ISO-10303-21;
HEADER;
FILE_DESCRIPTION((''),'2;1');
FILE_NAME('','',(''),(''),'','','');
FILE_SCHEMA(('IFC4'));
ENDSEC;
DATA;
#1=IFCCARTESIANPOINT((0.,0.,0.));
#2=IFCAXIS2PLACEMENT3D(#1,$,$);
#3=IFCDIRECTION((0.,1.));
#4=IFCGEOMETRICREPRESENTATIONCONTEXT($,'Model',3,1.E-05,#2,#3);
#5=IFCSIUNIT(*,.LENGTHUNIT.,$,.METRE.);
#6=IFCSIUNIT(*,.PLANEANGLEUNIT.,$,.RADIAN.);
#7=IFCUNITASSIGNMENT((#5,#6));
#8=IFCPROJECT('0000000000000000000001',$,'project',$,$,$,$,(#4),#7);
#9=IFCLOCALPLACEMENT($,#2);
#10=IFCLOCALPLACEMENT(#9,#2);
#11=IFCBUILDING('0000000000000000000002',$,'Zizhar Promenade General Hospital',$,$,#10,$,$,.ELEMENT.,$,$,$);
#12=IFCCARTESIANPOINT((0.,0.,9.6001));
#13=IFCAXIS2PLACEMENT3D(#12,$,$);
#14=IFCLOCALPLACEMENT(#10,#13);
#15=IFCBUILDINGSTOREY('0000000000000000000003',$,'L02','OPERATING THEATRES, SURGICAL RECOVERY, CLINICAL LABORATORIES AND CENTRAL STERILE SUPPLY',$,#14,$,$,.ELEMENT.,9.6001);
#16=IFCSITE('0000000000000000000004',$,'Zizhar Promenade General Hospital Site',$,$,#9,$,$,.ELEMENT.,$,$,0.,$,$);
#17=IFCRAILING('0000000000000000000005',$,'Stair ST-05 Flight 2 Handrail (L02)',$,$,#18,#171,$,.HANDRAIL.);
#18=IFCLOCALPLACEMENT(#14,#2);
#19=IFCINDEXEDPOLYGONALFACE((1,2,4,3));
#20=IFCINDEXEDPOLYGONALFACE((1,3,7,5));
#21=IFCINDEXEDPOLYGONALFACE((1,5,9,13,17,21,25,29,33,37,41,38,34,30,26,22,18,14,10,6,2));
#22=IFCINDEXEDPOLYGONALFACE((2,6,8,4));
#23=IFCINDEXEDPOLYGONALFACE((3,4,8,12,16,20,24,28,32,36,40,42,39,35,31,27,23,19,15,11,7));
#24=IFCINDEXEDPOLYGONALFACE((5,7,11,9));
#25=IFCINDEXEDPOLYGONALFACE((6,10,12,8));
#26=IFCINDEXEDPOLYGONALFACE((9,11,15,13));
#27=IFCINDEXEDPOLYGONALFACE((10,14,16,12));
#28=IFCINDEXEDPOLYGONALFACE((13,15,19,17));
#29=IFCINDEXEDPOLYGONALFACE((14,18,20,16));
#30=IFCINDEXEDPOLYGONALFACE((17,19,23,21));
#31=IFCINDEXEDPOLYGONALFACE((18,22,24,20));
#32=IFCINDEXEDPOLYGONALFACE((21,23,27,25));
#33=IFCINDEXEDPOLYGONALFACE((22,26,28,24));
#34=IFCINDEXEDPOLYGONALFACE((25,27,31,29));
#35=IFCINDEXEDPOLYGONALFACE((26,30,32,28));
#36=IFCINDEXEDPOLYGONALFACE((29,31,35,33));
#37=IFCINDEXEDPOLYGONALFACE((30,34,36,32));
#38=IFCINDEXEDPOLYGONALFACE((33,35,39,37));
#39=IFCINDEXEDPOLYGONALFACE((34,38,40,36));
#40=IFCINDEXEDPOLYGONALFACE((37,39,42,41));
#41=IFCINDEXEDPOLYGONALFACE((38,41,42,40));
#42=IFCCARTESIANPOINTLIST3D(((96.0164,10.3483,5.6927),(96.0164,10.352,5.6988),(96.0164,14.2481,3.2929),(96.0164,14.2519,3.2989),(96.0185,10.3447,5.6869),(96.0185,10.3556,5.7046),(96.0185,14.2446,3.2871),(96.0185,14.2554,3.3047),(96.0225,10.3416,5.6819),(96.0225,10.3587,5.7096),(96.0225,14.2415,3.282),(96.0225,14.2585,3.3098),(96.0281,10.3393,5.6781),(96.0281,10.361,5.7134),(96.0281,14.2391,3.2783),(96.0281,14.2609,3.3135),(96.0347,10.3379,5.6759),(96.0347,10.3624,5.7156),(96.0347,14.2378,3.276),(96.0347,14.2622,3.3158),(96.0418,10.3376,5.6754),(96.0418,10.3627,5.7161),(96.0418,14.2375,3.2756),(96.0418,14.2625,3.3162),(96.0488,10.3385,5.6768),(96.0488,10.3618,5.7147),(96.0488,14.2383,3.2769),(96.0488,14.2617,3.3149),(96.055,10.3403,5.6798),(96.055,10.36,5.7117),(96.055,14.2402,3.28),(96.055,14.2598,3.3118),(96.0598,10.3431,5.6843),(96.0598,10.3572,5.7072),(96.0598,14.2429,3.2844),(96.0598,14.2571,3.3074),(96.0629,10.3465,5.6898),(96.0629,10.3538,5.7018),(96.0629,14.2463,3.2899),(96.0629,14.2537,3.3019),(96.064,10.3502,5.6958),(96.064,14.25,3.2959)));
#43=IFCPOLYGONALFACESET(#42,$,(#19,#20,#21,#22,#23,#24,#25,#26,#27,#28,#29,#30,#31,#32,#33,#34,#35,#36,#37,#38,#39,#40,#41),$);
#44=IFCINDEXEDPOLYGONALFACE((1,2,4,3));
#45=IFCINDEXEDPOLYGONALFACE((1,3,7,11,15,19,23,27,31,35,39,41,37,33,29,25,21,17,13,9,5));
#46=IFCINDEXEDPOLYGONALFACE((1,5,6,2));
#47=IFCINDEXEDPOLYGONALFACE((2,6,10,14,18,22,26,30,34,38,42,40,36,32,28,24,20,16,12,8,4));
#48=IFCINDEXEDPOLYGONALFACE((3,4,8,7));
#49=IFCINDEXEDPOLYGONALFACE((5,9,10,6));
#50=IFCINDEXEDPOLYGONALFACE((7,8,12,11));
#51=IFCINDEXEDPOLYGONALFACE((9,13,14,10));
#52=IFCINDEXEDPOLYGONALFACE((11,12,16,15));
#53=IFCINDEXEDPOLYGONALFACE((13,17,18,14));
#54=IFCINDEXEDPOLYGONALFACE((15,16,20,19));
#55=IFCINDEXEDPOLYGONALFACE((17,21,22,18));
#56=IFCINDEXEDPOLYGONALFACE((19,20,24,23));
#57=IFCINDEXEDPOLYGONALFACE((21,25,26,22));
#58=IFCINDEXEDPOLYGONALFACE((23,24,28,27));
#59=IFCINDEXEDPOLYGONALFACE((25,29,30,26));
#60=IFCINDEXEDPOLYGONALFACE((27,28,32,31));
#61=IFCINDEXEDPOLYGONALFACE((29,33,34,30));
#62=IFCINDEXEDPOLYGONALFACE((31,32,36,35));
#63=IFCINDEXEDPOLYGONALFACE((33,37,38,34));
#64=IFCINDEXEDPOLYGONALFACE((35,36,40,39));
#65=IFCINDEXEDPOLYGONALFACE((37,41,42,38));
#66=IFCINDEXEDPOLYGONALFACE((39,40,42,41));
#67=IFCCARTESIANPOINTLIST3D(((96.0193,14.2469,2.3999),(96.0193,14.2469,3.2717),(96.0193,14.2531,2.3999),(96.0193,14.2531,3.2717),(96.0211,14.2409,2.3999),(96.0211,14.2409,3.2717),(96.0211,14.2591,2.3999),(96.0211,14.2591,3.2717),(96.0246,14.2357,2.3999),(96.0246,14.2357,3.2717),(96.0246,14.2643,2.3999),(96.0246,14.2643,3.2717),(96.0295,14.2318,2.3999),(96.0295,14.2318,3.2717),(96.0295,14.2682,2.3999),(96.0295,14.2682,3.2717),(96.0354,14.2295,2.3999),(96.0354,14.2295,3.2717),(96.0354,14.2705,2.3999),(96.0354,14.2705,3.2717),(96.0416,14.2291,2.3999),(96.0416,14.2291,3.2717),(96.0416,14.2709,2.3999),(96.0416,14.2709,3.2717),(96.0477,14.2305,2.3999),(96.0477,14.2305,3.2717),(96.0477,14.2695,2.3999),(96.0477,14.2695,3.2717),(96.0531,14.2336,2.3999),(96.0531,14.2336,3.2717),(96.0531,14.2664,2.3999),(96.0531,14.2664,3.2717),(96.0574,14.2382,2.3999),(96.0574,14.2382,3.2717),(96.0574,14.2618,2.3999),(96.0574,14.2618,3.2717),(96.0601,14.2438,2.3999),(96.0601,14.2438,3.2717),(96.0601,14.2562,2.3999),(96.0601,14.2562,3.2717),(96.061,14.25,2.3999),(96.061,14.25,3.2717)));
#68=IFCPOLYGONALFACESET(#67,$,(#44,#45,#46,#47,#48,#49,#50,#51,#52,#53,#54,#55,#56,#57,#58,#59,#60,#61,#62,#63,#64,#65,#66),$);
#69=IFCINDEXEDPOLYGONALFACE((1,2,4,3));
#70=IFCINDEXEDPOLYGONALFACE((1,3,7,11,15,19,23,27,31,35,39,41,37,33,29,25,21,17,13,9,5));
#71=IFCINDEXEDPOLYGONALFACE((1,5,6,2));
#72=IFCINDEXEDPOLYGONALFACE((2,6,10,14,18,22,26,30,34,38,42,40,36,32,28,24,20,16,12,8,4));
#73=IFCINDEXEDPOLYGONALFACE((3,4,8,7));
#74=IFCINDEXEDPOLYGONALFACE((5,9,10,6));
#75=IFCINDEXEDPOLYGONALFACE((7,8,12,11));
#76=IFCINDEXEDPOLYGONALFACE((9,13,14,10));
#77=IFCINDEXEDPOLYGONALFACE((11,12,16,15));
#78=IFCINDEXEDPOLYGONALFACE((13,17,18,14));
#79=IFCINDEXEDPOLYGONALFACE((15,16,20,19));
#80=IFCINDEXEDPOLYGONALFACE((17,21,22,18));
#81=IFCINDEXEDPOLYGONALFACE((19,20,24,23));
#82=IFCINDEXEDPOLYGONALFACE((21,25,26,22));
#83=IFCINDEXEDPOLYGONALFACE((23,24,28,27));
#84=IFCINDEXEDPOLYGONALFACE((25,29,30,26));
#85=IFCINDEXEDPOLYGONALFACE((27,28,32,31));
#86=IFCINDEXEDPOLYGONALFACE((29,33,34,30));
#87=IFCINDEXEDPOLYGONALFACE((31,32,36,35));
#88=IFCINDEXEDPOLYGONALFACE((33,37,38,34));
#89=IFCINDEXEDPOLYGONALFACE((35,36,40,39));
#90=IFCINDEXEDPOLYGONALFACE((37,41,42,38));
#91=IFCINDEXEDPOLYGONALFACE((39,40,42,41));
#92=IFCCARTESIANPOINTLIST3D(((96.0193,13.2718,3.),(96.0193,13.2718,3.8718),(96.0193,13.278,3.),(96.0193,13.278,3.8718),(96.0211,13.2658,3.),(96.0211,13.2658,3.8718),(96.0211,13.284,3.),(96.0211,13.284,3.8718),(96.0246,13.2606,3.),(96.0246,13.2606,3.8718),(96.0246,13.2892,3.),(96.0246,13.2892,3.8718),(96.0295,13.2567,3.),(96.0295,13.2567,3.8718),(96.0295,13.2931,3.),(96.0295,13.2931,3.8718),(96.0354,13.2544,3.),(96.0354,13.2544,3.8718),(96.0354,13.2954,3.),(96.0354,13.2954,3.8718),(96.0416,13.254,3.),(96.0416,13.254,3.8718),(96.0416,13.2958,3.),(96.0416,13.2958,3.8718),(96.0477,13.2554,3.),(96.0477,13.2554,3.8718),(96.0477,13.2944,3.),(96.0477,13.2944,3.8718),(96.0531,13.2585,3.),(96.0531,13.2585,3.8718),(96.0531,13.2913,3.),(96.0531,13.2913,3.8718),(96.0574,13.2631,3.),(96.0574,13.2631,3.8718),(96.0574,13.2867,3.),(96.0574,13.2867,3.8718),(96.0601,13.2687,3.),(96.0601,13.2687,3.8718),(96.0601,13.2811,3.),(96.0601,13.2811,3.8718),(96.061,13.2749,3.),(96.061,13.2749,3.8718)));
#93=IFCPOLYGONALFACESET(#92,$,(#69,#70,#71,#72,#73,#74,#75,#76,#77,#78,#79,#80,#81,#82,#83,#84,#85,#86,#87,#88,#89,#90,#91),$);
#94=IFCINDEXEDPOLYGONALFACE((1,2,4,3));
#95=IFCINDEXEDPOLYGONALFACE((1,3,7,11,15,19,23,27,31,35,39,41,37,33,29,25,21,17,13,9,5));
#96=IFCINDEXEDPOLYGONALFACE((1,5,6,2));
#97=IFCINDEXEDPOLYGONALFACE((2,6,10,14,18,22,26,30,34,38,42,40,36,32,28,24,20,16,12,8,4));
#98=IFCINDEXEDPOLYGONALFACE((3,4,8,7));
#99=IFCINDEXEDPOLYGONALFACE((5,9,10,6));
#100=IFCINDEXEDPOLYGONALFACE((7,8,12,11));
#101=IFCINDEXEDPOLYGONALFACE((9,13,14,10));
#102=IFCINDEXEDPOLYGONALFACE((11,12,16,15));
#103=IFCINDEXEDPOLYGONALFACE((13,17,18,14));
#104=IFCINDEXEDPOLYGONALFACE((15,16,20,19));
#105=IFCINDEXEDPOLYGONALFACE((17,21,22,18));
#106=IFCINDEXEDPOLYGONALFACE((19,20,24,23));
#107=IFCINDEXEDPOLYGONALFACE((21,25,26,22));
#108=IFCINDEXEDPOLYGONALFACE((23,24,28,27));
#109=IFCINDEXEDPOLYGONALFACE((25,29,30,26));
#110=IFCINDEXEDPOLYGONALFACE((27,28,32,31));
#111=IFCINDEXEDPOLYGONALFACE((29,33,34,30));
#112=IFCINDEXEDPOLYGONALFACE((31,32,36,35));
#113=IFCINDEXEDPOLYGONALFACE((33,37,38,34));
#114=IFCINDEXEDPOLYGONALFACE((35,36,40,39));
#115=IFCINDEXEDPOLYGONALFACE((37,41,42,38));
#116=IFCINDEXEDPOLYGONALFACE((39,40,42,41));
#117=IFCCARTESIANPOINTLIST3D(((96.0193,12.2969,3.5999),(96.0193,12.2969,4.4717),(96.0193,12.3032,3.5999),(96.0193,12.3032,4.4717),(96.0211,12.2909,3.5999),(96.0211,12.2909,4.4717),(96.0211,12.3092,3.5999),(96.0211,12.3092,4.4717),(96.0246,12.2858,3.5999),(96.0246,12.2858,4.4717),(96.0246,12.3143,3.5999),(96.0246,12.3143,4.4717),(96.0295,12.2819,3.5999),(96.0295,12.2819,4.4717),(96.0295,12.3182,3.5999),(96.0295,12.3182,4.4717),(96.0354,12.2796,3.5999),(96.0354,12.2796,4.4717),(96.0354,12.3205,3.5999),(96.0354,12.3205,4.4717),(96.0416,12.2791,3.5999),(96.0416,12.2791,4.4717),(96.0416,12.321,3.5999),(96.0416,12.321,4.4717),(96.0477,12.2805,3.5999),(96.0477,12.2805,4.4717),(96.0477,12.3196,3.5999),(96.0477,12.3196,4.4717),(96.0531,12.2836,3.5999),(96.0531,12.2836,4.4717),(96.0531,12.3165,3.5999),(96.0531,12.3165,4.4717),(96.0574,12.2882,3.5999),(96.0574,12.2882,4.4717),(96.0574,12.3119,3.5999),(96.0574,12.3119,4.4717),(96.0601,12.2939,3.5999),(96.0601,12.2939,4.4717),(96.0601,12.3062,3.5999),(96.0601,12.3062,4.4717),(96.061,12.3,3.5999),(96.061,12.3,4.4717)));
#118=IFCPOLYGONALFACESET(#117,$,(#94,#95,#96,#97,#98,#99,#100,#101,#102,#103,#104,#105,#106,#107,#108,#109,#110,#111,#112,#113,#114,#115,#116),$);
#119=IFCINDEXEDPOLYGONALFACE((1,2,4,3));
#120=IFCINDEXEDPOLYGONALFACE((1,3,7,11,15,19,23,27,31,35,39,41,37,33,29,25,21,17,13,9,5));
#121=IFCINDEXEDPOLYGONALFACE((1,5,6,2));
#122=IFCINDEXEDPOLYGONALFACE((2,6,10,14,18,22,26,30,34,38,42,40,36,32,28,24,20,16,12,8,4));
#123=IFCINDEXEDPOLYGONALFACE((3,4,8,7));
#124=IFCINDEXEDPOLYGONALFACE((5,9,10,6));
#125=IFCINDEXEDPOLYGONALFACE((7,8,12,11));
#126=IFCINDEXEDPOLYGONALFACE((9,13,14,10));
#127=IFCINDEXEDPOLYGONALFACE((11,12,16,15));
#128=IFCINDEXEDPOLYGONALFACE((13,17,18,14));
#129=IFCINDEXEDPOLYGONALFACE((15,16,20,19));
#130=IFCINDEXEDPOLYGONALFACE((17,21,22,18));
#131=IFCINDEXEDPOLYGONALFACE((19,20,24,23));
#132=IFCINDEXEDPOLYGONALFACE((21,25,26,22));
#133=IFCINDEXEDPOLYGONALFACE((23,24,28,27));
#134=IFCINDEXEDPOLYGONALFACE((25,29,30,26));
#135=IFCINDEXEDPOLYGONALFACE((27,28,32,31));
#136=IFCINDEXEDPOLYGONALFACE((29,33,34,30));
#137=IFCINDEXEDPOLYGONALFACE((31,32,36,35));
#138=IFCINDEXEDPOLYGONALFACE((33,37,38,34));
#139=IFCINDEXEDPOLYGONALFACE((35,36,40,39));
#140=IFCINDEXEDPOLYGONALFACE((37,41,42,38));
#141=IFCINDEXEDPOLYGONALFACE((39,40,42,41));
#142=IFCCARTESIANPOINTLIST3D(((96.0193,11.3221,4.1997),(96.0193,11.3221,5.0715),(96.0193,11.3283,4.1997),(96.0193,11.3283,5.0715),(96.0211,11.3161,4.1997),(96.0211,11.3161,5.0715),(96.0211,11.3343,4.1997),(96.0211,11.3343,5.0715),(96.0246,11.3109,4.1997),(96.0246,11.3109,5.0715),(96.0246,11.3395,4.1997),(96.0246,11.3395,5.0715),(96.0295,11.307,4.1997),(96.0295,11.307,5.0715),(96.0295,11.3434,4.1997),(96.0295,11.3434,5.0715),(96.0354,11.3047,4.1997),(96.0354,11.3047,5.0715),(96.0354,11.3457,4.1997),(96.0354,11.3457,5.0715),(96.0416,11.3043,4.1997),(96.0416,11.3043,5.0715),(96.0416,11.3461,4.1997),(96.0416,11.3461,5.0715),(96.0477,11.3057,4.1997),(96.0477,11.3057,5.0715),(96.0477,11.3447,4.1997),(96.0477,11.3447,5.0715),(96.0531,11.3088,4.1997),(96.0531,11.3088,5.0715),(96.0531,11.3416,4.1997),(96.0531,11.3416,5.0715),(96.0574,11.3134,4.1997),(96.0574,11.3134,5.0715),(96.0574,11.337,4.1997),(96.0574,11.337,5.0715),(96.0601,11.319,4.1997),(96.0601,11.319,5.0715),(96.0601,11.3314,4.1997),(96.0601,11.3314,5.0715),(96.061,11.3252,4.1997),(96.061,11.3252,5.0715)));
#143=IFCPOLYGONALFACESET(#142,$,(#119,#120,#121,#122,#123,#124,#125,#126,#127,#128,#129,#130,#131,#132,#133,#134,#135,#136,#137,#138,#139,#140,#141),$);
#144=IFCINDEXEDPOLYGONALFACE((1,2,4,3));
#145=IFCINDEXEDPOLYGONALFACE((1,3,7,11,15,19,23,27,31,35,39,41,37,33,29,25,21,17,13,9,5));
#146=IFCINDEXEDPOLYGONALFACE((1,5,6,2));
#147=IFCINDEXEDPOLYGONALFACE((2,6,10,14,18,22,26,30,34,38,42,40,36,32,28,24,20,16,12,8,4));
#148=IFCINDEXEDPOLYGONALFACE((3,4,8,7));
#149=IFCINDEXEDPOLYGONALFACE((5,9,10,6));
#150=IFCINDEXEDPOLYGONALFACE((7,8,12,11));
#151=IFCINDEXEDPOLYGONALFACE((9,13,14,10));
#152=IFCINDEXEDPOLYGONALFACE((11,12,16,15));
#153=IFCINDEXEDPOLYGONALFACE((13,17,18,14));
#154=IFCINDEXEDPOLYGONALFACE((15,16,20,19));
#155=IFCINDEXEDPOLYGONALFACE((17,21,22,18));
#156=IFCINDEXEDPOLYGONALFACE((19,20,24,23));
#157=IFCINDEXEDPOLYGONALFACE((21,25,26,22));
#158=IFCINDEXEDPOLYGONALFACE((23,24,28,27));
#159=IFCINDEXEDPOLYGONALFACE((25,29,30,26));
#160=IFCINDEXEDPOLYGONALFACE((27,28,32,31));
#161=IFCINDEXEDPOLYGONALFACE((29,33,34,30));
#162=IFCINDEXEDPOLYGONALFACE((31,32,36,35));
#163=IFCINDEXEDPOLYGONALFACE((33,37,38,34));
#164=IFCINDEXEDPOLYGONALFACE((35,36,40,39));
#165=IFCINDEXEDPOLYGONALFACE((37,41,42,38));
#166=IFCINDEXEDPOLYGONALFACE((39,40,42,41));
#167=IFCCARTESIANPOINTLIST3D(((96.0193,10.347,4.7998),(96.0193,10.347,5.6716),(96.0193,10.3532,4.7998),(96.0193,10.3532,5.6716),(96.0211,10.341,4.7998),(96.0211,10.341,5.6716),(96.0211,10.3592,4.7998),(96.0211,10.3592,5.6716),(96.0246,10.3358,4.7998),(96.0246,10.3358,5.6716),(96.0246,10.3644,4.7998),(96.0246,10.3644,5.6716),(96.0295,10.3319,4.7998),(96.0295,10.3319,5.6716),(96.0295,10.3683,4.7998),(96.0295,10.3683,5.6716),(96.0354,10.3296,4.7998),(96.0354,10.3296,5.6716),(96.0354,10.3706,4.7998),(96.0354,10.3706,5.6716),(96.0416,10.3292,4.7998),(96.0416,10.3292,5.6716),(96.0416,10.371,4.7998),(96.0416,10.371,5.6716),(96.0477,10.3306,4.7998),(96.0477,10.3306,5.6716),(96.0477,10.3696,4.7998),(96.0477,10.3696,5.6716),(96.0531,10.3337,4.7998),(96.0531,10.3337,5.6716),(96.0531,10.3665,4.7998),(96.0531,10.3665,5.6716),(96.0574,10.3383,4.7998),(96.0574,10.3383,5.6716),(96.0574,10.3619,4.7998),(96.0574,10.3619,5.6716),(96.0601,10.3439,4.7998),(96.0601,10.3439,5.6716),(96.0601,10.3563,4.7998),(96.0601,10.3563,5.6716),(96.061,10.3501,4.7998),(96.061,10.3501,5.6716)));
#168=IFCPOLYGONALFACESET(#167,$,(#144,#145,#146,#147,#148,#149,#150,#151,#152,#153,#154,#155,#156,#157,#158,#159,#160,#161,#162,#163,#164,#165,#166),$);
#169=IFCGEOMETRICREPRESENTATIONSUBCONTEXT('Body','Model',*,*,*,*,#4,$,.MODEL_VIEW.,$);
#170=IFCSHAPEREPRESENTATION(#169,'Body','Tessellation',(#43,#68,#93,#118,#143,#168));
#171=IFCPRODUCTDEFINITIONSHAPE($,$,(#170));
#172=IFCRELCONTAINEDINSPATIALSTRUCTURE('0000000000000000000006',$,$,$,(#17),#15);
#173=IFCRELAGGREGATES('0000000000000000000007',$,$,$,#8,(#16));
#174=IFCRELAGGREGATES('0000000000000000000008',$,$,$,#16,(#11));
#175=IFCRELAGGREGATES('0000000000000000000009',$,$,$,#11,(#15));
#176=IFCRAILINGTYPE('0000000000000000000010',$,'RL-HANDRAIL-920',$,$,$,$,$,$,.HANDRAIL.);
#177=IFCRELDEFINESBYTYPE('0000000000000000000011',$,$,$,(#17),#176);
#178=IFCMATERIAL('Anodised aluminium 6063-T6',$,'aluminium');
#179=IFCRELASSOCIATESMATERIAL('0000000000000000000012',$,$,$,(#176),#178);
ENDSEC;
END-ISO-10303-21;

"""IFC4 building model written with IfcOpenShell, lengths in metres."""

from ifc_helpers import new_model, si_unit, direction, frame, origin, origin_2d, place, context, subcontext, project, spatial, circle, hollow_circle, extrude, material, material_profile, profile_set, type_object, element, save


model = new_model("IFC4")

# Units and contexts
model_context = context("Model", 3, precision=1e-05, world=origin(), true_north=direction((0.0, 1.0)))
body_context = subcontext(model_context, "Body", "Model", "MODEL_VIEW")
ifc_project = project(units=[si_unit("LENGTHUNIT", "METRE"), si_unit("PLANEANGLEUNIT", "RADIAN")], contexts=[model_context])

# Site, building, storey
site_placement = place(None, origin())
site = spatial("IfcSite", under=ifc_project, at=site_placement, Name="Zizhar Promenade General Hospital Site", CompositionType="ELEMENT", RefElevation=0.0)
building_placement = place(site_placement, origin())
building = spatial("IfcBuilding", under=site, at=building_placement, Name="Zizhar Promenade General Hospital", CompositionType="ELEMENT")
storey_placement = place(building_placement, frame((0.0, 0.0, 9.6001)))
storey = spatial("IfcBuildingStorey", under=building, at=storey_placement, Name="L02", Description="OPERATING THEATRES, SURGICAL RECOVERY, CLINICAL LABORATORIES AND CENTRAL STERILE SUPPLY", CompositionType="ELEMENT", Elevation=9.6001)

# Railing
ifc_material_1 = material(Name="Anodised aluminium 6063-T6", Category="aluminium")
ifc_material_profile_1 = material_profile(ifc_material_1, hollow_circle(Radius=0.0698, WallThickness=0.0063, at=origin_2d()))
ifc_profile_set_1 = profile_set([ifc_material_profile_1], Name="Anodised aluminium 6063-T6")
railing_type_1 = type_object("IfcRailingType", Name="RL-HANDRAIL-920", PredefinedType="HANDRAIL", material=ifc_profile_set_1)
railing_1_placement = place(storey_placement, frame((96.04, 14.25, 2.3999)))
element("IfcRailing", 1, at=railing_1_placement, inside=storey, type_object=railing_type_1, Name="Stair ST-05 Flight 2 Handrail (L02)", PredefinedType="HANDRAIL", context=body_context, shape_type="SweptSolid", body=[
    extrude(circle(Radius=0.0239, at=origin_2d()), frame((0.0, 0.0, 0.896), z_axis=(0.0, -0.851662, 0.524091), x_axis=(1.0, 0.0, 0.0)), (0.0, 0.0, 1.0), 4.5791),
    extrude(circle(Radius=0.021, at=origin_2d()), origin(), (0.0, 0.0, 1.0), 0.8718),
    extrude(circle(Radius=0.021, at=origin_2d()), frame((0.0, -0.9751, 0.6001)), (0.0, 0.0, 1.0), 0.8718),
    extrude(circle(Radius=0.021, at=origin_2d()), frame((0.0, -1.95, 1.2)), (0.0, 0.0, 1.0), 0.8718),
    extrude(circle(Radius=0.021, at=origin_2d()), frame((0.0, -2.9248, 1.7998)), (0.0, 0.0, 1.0), 0.8718),
    extrude(circle(Radius=0.021, at=origin_2d()), frame((0.0, -3.8999, 2.3999)), (0.0, 0.0, 1.0), 0.8718),
])

save(model, "model.ifc")
